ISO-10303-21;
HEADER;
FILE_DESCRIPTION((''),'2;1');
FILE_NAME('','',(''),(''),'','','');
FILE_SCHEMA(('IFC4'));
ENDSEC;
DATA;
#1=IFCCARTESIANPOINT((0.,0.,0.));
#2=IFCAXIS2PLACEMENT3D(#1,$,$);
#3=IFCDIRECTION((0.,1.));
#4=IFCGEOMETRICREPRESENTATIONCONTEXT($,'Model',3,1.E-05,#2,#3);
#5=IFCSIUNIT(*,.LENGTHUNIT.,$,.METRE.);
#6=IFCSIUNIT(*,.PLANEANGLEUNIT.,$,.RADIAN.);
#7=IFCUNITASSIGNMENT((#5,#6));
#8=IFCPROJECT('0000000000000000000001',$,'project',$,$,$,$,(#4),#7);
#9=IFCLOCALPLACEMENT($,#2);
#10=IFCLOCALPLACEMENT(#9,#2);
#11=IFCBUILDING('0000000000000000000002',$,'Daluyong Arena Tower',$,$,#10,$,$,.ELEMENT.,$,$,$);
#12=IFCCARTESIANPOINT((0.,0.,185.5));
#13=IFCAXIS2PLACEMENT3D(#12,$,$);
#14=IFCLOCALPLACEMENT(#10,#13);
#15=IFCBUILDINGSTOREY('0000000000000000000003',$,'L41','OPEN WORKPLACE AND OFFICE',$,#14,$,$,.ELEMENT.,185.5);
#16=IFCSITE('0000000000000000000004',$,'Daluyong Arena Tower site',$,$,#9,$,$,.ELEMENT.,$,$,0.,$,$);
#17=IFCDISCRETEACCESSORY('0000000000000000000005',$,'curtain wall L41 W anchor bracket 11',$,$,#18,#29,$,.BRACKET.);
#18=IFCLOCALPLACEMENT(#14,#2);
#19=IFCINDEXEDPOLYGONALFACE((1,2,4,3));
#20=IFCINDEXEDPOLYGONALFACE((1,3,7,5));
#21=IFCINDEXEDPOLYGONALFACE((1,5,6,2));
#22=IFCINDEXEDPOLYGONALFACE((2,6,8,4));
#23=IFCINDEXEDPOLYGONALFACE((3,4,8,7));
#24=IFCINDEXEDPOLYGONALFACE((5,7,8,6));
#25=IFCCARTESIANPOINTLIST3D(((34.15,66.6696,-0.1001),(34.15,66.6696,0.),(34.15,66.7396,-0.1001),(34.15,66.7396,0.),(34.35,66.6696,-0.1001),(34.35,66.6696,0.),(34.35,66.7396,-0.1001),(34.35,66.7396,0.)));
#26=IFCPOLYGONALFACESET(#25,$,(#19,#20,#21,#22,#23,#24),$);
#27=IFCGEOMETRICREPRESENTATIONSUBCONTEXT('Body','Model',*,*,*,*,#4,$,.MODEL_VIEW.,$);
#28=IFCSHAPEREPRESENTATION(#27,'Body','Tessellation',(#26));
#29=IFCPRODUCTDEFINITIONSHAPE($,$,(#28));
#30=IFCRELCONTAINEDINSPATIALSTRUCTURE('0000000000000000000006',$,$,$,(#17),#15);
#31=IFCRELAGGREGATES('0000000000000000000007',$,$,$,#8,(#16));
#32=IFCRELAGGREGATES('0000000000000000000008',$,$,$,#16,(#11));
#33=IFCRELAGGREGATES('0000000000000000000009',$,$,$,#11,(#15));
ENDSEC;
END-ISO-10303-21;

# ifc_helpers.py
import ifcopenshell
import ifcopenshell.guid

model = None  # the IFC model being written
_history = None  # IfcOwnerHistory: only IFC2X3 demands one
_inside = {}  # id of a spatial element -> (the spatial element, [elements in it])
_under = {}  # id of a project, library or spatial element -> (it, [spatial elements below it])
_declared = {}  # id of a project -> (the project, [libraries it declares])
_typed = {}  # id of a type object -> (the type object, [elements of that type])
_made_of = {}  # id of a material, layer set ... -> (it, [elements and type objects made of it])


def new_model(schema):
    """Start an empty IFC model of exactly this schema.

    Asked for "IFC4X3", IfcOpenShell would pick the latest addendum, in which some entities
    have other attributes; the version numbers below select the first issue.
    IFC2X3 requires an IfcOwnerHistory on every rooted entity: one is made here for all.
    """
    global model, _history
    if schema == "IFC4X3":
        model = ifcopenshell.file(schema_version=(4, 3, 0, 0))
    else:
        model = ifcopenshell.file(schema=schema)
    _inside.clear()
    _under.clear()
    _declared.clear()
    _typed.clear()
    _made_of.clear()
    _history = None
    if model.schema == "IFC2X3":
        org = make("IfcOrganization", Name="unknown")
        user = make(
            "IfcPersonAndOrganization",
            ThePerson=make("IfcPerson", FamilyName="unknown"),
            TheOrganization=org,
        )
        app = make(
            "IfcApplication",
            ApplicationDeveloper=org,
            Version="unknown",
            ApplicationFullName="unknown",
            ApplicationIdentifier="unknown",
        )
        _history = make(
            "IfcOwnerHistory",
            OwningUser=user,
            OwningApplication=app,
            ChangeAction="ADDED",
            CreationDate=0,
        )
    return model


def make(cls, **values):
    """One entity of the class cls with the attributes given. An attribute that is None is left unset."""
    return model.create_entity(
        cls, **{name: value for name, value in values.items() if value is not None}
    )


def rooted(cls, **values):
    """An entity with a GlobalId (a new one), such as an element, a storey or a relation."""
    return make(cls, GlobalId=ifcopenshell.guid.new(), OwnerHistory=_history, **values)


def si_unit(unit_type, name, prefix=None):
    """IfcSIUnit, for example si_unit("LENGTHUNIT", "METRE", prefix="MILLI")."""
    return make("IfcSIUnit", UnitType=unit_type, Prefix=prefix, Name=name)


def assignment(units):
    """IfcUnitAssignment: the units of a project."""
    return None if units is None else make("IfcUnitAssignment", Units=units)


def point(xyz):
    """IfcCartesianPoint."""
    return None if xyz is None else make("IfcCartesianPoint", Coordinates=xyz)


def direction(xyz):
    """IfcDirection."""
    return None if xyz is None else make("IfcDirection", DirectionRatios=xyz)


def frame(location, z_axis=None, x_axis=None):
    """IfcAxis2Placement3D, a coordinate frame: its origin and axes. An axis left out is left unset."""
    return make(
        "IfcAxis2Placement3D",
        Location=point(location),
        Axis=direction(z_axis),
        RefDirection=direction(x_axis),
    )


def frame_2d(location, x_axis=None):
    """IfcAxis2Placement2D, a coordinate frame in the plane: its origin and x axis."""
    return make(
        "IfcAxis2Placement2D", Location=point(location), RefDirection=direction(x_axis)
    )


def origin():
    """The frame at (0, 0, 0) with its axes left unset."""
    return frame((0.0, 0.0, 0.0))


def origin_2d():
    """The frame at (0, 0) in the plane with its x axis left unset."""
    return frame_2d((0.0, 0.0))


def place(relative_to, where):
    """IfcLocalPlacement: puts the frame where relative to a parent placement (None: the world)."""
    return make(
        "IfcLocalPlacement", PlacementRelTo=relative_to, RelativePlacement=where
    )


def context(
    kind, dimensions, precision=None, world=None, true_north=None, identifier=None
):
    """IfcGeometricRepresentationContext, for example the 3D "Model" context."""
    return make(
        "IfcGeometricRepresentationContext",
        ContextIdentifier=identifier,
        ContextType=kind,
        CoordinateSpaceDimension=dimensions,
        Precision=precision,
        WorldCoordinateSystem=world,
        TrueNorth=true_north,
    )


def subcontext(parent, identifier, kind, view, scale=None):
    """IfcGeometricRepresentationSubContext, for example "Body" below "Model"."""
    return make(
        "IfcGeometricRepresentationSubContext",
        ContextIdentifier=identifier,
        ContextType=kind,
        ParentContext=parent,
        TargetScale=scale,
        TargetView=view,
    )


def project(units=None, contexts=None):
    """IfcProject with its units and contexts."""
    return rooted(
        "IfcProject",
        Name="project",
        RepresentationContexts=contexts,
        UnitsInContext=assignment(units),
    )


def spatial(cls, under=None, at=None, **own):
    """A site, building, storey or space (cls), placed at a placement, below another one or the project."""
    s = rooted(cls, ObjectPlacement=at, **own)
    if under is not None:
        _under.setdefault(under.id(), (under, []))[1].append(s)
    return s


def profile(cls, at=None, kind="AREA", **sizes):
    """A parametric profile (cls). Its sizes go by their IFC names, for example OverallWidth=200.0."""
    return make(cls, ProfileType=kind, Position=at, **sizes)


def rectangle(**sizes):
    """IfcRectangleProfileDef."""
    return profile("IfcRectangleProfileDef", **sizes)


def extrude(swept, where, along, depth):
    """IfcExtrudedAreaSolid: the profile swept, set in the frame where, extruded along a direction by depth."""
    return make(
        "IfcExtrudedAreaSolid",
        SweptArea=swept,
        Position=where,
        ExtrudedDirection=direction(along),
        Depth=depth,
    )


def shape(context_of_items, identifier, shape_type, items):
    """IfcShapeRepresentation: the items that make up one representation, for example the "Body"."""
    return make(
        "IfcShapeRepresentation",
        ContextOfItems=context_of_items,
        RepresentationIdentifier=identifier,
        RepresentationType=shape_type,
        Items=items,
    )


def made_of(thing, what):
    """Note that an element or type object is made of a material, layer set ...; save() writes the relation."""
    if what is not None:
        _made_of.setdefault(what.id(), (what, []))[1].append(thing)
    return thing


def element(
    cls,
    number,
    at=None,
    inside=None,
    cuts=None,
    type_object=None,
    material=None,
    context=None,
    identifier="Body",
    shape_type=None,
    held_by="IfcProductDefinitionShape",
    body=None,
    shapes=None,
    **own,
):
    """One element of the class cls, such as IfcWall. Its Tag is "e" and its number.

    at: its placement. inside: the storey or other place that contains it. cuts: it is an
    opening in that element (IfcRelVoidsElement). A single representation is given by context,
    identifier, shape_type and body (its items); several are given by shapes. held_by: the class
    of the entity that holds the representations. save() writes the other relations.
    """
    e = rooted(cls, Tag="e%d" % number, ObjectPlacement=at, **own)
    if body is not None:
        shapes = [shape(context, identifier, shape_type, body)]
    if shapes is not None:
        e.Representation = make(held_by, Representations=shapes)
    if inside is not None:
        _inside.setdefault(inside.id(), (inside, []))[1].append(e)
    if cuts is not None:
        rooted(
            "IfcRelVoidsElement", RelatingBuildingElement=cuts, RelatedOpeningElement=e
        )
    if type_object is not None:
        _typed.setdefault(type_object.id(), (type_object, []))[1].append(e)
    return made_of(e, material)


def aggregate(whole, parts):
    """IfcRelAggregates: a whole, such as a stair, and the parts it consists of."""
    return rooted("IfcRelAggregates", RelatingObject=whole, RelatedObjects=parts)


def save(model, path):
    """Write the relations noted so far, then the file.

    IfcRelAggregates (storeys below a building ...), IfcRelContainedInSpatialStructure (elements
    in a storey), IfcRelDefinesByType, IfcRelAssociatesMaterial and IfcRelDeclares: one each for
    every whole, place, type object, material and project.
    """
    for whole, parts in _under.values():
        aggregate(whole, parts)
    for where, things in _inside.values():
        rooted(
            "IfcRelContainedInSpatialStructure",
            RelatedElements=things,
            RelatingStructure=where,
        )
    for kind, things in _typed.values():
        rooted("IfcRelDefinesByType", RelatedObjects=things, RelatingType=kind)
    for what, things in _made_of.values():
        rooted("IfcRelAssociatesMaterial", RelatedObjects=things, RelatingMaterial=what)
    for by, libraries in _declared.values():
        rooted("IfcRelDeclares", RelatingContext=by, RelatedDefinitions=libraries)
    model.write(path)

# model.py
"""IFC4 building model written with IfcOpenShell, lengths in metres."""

from ifc_helpers import new_model, si_unit, direction, frame, origin, origin_2d, place, context, subcontext, project, spatial, rectangle, extrude, element, save


model = new_model("IFC4")

# Units and contexts
model_context = context("Model", 3, precision=1e-05, world=origin(), true_north=direction((0.0, 1.0)))
body_context = subcontext(model_context, "Body", "Model", "MODEL_VIEW")
ifc_project = project(units=[si_unit("LENGTHUNIT", "METRE"), si_unit("PLANEANGLEUNIT", "RADIAN")], contexts=[model_context])

# Site, building, storey
site_placement = place(None, origin())
site = spatial("IfcSite", under=ifc_project, at=site_placement, Name="Daluyong Arena Tower site", CompositionType="ELEMENT", RefElevation=0.0)
building_placement = place(site_placement, origin())
building = spatial("IfcBuilding", under=site, at=building_placement, Name="Daluyong Arena Tower", CompositionType="ELEMENT")
storey_placement = place(building_placement, frame((0.0, 0.0, 185.5)))
storey = spatial("IfcBuildingStorey", under=building, at=storey_placement, Name="L41", Description="OPEN WORKPLACE AND OFFICE", CompositionType="ELEMENT", Elevation=185.5)

# Discrete accessory
for number, where, z_axis, x_axis, name in (
    (1, (34.25, 66.7046, -0.1001), (0.0, 0.0, 1.0), (0.0, -1.0, 0.0), "curtain wall L41 W anchor bracket 11"),
):
    element("IfcDiscreteAccessory", number, at=place(storey_placement, frame(where, z_axis=z_axis, x_axis=x_axis)), inside=storey, Name=name, PredefinedType="BRACKET", context=body_context, shape_type="SweptSolid", body=[
        extrude(rectangle(XDim=0.0701, YDim=0.2, at=origin_2d()), origin(), (0.0, 0.0, 1.0), 0.1001),
    ])

save(model, "model.ifc")
